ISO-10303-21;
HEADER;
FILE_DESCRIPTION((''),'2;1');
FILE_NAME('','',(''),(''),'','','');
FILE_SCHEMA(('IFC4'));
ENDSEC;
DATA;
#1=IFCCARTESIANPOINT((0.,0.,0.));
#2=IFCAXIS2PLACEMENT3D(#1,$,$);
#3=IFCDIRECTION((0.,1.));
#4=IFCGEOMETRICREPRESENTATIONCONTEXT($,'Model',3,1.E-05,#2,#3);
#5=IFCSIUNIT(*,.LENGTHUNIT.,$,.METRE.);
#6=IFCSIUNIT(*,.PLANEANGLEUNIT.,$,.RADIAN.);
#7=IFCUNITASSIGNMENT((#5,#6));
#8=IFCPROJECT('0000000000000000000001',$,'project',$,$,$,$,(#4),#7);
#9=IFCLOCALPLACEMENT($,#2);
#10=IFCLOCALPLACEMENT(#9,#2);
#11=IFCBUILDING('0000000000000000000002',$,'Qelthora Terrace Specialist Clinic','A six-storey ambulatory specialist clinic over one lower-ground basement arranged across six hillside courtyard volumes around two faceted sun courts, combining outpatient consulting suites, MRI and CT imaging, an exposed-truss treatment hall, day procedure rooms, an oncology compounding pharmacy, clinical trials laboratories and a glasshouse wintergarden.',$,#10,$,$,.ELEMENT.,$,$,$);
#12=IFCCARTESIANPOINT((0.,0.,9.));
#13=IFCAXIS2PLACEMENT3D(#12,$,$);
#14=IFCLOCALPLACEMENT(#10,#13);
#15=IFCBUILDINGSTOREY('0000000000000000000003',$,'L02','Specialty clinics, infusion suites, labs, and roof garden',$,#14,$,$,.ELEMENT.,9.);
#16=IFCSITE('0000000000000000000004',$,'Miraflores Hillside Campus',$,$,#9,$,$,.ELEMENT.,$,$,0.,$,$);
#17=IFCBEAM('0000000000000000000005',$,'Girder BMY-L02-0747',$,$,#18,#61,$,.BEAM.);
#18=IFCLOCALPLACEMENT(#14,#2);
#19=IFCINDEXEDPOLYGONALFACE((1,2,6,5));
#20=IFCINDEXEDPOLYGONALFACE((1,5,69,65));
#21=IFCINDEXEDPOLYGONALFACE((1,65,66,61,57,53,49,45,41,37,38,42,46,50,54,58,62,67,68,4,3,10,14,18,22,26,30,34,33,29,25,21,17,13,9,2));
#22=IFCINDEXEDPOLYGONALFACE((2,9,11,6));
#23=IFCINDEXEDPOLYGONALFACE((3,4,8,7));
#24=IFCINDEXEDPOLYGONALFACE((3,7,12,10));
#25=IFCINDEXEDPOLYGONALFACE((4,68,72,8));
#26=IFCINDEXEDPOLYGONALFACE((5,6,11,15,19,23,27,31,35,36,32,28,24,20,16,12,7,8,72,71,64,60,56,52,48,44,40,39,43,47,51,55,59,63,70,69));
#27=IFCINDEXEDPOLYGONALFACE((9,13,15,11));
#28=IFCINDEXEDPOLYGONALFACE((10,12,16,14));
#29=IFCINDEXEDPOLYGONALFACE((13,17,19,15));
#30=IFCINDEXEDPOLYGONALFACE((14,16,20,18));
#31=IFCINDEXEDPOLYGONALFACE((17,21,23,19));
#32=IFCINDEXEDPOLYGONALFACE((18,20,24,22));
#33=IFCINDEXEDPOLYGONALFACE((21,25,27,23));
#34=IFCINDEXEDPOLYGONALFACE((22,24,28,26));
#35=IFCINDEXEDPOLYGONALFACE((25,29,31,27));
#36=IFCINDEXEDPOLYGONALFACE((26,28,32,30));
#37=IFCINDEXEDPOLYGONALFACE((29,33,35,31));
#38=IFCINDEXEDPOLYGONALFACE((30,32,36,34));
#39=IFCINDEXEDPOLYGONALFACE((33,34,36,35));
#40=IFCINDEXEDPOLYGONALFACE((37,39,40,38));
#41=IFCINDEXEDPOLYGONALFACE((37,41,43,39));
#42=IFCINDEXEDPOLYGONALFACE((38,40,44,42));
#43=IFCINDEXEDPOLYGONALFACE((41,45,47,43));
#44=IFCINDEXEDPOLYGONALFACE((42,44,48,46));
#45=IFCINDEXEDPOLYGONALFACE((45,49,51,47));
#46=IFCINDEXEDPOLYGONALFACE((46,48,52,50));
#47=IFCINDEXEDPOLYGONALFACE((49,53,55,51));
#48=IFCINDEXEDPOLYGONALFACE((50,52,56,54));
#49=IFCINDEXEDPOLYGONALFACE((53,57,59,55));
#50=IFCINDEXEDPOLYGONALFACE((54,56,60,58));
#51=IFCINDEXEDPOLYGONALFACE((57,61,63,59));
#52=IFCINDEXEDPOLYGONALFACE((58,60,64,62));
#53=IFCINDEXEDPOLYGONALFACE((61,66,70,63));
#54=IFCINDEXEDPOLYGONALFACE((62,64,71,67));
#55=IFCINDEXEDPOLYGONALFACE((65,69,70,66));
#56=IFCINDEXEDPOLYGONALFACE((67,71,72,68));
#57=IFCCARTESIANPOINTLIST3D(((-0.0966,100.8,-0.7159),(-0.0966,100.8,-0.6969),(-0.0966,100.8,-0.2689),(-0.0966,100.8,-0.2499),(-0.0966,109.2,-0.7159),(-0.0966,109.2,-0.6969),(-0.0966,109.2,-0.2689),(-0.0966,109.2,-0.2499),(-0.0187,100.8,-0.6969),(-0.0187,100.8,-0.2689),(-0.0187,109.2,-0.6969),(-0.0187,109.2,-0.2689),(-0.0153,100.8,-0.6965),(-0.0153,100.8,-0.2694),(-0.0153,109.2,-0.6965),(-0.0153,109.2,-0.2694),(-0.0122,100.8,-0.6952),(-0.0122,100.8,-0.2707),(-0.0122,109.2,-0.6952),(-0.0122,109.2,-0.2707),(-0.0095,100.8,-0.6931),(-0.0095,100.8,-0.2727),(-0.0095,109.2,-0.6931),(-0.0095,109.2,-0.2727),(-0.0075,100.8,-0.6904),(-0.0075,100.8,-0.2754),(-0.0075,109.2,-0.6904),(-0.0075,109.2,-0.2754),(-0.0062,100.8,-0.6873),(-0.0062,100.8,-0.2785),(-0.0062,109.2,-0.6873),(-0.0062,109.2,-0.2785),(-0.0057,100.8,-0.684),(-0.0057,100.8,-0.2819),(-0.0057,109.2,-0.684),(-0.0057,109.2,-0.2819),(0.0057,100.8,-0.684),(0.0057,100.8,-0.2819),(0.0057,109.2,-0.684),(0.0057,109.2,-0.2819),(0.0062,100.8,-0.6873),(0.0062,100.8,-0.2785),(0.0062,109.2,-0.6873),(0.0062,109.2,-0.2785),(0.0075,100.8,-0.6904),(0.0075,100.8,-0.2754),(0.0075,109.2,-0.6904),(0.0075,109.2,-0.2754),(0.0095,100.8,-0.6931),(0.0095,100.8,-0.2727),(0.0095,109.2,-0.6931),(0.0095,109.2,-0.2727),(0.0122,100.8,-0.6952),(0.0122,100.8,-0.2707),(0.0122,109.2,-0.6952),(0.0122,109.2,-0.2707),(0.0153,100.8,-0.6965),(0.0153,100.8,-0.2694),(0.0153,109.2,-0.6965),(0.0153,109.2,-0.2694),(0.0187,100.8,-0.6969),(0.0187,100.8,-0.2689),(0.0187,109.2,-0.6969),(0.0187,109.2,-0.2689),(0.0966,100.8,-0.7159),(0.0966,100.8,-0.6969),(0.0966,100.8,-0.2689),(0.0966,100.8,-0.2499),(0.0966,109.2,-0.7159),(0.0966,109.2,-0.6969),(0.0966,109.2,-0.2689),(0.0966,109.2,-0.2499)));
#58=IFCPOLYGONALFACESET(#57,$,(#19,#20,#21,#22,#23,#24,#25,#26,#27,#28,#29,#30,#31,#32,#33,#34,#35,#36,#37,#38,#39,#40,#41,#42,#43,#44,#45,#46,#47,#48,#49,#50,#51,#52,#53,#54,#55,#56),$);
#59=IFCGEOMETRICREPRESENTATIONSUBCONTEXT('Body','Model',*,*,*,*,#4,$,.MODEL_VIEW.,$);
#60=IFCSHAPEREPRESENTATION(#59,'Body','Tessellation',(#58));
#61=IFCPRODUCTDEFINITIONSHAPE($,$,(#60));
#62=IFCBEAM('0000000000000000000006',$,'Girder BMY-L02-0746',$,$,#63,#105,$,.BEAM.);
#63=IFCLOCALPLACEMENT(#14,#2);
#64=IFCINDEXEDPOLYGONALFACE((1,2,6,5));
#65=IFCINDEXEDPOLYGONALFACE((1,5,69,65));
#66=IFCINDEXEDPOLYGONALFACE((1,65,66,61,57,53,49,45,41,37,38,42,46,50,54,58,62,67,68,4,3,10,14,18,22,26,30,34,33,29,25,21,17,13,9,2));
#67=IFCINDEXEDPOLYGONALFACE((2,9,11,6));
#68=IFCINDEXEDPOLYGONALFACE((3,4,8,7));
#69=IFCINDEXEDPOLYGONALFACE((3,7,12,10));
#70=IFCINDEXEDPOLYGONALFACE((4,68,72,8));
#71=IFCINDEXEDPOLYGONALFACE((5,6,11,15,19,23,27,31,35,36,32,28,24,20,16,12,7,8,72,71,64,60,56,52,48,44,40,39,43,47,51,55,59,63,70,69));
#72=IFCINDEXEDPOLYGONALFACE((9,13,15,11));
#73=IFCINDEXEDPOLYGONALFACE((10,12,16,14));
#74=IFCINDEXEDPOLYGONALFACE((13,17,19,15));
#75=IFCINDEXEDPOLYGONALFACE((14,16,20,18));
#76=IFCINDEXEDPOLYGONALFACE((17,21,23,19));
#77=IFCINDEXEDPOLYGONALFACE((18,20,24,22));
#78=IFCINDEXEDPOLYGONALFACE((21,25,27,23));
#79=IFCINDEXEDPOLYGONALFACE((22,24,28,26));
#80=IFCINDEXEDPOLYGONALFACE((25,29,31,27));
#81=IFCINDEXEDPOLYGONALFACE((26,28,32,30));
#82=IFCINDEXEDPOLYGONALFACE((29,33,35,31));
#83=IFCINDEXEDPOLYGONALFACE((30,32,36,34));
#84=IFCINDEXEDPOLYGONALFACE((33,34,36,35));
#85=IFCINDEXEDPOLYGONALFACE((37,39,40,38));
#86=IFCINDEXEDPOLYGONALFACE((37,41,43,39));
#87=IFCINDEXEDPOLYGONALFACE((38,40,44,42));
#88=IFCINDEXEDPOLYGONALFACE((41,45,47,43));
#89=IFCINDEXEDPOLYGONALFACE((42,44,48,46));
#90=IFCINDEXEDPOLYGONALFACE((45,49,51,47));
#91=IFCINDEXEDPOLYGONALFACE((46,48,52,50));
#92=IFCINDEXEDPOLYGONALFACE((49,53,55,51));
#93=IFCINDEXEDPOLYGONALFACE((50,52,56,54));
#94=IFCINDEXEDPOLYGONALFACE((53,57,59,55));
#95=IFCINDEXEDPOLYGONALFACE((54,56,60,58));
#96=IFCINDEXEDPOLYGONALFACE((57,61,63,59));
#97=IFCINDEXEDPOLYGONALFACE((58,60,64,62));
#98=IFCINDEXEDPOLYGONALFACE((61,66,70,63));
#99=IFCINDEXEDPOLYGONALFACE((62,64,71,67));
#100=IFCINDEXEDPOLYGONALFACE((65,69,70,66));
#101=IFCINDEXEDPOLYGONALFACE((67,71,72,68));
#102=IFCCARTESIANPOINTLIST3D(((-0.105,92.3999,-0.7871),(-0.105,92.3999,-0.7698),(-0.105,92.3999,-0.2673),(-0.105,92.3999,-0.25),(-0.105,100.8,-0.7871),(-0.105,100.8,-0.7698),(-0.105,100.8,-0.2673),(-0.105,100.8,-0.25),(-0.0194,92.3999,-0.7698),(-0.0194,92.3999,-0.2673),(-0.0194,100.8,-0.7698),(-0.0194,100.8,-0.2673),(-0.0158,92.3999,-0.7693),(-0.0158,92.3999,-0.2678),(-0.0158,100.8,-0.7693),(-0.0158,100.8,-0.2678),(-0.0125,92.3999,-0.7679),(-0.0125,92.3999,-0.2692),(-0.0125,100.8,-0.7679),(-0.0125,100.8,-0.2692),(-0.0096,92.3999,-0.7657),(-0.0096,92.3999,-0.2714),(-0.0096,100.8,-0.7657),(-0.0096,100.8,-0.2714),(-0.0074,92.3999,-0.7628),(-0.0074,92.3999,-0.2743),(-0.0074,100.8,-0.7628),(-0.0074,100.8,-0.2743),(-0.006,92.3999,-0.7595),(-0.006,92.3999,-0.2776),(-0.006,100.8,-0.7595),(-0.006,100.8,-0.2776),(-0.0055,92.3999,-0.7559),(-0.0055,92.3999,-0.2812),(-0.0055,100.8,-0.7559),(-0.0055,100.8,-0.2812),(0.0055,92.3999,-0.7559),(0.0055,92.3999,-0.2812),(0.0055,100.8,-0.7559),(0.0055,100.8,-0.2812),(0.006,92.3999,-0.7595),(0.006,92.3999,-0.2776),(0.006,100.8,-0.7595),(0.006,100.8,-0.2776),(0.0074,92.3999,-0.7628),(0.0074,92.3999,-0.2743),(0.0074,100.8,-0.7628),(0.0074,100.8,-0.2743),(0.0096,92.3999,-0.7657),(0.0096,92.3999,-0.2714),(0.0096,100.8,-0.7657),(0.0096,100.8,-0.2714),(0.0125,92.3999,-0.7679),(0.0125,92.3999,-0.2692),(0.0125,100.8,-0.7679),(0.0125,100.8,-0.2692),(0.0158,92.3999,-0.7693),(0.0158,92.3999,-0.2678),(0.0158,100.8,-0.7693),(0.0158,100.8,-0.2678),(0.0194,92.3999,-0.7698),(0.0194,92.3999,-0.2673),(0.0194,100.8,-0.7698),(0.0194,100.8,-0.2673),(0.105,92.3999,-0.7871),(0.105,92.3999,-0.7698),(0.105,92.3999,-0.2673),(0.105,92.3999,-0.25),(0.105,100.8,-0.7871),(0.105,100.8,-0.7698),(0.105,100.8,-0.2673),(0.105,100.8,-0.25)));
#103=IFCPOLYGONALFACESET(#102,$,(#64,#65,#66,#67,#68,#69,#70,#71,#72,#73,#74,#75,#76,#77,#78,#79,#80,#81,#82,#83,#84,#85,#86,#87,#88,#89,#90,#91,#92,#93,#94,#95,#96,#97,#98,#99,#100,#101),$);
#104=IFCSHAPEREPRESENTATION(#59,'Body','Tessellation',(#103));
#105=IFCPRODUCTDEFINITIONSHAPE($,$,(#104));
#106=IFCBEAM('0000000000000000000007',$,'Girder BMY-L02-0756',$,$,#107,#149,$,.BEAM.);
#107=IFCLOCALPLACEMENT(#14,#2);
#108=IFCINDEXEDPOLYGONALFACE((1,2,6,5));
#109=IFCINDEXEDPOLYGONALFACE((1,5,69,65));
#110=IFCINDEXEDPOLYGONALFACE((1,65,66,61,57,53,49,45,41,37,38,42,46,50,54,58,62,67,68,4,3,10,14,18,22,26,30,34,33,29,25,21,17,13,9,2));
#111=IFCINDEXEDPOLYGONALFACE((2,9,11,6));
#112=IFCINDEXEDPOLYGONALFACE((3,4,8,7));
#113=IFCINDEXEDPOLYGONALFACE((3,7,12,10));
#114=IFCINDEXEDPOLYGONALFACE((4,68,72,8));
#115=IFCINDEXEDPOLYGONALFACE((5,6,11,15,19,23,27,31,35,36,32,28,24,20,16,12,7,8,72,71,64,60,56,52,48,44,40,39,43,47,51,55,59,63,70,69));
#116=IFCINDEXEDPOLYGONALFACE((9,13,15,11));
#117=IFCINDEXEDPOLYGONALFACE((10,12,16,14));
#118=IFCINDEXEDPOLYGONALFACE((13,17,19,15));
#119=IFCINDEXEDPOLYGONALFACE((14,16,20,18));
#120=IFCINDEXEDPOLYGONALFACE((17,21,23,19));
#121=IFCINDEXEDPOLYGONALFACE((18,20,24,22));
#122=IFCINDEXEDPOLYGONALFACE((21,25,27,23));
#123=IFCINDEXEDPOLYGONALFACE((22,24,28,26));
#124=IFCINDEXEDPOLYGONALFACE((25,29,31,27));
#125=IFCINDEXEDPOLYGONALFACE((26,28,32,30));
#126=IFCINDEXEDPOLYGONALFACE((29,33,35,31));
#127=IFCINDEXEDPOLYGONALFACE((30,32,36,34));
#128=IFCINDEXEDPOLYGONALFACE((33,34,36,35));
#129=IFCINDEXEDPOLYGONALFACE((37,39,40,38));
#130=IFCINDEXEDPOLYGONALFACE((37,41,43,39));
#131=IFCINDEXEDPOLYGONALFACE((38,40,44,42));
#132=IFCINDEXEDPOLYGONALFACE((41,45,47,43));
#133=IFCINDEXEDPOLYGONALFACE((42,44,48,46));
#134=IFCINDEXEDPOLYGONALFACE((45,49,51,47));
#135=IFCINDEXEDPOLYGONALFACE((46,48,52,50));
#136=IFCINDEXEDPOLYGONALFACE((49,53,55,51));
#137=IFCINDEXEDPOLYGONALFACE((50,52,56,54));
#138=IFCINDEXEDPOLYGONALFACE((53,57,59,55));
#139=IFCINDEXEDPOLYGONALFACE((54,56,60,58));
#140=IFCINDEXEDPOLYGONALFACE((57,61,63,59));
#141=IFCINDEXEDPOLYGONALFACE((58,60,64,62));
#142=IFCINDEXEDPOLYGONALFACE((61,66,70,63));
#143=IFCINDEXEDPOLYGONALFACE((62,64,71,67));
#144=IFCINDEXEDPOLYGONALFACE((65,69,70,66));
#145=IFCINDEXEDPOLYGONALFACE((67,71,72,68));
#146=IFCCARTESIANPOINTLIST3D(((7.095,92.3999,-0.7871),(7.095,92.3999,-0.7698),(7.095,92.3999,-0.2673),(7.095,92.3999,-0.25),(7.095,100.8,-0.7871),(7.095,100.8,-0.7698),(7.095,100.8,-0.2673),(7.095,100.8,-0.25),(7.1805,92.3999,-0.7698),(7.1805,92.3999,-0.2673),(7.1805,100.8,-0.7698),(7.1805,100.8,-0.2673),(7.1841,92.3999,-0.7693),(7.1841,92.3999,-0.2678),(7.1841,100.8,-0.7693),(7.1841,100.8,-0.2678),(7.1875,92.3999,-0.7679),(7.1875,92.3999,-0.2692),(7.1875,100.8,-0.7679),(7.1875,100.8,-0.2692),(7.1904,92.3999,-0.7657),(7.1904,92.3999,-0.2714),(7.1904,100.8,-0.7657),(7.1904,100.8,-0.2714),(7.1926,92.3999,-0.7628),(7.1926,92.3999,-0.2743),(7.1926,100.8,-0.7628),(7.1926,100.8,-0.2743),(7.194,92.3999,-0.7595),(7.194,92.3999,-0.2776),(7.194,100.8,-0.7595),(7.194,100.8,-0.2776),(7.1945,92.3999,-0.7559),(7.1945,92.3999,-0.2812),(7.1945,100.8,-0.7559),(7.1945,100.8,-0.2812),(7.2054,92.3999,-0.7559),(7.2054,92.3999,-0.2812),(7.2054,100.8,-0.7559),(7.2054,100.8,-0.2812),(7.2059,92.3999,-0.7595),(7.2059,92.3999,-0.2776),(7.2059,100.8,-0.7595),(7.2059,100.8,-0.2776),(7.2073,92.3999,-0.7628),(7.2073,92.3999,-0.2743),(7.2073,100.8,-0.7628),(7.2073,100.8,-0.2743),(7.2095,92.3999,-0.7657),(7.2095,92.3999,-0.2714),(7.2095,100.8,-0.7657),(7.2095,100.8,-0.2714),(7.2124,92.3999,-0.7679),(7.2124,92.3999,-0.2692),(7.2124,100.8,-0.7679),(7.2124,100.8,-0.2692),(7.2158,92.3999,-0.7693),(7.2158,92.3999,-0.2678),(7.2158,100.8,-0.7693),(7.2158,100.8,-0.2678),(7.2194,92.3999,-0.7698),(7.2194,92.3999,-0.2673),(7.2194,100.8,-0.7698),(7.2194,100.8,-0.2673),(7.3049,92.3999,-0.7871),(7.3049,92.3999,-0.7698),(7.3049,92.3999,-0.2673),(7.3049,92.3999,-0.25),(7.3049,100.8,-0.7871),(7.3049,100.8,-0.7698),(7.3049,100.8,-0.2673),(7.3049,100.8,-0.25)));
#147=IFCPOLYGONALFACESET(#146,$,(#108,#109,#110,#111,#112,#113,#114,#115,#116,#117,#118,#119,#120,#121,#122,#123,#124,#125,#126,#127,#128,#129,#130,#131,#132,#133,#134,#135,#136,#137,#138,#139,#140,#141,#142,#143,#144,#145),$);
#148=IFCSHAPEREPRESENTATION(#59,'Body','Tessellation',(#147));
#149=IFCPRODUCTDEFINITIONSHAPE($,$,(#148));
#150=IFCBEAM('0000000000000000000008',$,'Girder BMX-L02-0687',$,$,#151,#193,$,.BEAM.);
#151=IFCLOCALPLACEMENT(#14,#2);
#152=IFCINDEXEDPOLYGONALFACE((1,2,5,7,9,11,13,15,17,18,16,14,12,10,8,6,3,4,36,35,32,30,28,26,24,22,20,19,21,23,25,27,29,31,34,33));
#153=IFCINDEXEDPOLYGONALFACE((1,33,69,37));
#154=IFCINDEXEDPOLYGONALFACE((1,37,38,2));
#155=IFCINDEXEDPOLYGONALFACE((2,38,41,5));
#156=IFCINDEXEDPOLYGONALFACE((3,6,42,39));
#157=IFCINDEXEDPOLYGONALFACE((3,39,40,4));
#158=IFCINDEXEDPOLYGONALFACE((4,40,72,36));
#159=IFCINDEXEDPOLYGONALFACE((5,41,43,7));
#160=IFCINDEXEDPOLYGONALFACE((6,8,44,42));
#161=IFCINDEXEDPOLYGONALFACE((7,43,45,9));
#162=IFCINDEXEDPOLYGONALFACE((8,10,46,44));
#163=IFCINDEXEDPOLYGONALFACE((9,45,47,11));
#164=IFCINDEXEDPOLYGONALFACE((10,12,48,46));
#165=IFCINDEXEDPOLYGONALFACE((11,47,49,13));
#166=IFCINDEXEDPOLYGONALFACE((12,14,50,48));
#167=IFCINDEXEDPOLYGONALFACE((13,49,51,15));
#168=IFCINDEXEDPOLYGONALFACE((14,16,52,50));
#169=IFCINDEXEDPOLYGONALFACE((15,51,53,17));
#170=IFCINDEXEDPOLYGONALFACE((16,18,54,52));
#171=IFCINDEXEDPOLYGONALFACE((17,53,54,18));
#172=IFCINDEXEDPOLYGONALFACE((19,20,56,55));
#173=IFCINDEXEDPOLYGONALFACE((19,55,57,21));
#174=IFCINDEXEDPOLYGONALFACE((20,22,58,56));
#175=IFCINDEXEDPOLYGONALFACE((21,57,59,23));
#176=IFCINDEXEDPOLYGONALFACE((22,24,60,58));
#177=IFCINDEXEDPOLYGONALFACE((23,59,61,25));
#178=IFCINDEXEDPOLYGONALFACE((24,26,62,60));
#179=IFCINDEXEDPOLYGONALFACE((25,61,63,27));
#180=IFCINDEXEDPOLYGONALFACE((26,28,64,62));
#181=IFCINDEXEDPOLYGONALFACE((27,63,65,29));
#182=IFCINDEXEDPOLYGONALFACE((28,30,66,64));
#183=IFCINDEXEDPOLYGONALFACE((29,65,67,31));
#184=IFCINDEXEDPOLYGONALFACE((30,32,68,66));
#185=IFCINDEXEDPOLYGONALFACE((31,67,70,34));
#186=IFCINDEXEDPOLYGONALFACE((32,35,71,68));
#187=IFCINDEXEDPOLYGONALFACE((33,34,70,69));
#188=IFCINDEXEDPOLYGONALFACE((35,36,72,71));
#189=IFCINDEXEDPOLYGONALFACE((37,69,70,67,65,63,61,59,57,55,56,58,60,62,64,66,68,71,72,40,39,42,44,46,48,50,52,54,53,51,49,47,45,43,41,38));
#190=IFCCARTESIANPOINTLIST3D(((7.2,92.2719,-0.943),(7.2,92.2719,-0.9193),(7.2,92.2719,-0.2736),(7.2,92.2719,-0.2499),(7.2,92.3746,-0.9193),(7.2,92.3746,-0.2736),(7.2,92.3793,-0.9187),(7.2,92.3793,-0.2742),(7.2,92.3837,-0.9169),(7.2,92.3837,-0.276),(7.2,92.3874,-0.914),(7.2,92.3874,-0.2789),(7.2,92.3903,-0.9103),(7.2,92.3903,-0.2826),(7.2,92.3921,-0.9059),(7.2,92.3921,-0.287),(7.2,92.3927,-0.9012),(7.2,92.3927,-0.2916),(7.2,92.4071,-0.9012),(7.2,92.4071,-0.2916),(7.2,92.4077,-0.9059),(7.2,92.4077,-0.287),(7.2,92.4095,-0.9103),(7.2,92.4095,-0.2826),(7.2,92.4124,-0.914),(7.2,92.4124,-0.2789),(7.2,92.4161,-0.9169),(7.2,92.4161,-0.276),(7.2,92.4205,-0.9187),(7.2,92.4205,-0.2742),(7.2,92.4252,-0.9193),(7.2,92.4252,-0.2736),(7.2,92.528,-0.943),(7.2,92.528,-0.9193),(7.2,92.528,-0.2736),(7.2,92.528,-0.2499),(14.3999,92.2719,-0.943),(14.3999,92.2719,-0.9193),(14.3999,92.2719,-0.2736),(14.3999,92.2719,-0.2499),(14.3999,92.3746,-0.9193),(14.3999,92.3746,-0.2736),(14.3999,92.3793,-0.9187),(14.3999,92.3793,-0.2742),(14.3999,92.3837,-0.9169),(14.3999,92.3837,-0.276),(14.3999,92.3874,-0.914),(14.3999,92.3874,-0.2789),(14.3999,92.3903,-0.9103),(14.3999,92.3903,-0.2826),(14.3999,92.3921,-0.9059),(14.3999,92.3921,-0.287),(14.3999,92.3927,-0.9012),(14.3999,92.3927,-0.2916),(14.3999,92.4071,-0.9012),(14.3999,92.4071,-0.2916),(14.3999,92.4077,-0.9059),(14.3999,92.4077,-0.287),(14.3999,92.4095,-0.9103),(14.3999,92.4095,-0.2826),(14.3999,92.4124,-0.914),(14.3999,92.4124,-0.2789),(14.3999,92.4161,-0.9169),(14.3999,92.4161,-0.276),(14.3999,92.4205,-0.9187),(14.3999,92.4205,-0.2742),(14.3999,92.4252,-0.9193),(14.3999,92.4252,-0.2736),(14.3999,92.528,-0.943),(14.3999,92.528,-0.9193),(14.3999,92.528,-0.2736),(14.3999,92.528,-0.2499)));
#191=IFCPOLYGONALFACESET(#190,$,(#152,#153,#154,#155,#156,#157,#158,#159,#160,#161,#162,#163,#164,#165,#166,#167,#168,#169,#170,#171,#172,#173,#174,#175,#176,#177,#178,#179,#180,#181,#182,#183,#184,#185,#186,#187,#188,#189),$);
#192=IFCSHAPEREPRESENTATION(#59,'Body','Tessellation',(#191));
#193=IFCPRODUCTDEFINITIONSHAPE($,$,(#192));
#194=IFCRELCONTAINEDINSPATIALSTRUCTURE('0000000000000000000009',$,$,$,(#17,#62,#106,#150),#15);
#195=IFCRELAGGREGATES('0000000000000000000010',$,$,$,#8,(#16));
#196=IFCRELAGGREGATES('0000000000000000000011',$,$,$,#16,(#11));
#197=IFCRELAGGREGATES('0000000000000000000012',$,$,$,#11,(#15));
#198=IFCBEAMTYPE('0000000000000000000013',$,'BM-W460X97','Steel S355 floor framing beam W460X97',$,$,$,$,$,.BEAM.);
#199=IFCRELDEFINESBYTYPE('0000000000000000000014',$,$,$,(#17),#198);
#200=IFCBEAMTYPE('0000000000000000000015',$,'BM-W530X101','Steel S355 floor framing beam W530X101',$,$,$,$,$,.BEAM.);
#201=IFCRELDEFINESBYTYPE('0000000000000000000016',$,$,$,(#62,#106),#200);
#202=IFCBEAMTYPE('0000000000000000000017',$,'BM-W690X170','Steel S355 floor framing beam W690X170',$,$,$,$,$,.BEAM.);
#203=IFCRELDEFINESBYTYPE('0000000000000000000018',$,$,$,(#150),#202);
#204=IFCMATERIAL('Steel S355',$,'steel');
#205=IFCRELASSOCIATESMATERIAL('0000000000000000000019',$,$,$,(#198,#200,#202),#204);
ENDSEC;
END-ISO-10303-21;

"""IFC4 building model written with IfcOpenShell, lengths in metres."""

from ifc_helpers import new_model, si_unit, direction, frame, origin, origin_2d, place, context, subcontext, project, spatial, i_section, extrude, material, material_profile, profile_set, type_object, element, save


model = new_model("IFC4")

# Units and contexts
model_context = context("Model", 3, precision=1e-05, world=origin(), true_north=direction((0.0, 1.0)))
body_context = subcontext(model_context, "Body", "Model", "MODEL_VIEW")
ifc_project = project(units=[si_unit("LENGTHUNIT", "METRE"), si_unit("PLANEANGLEUNIT", "RADIAN")], contexts=[model_context])

# Site, building, storey
site_placement = place(None, origin())
site = spatial("IfcSite", under=ifc_project, at=site_placement, Name="Miraflores Hillside Campus", CompositionType="ELEMENT", RefElevation=0.0)
building_placement = place(site_placement, origin())
building = spatial("IfcBuilding", under=site, at=building_placement, Name="Qelthora Terrace Specialist Clinic", Description="A six-storey ambulatory specialist clinic over one lower-ground basement arranged across six hillside courtyard volumes around two faceted sun courts, combining outpatient consulting suites, MRI and CT imaging, an exposed-truss treatment hall, day procedure rooms, an oncology compounding pharmacy, clinical trials laboratories and a glasshouse wintergarden.", CompositionType="ELEMENT")
storey_placement = place(building_placement, frame((0.0, 0.0, 9.0)))
storey = spatial("IfcBuildingStorey", under=building, at=storey_placement, Name="L02", Description="Specialty clinics, infusion suites, labs, and roof garden", CompositionType="ELEMENT", Elevation=9.0)

# Shared definitions
ifc_material_1 = material(Name="Steel S355", Category="steel")

# Beams
ifc_material_profile_1 = material_profile(ifc_material_1, i_section(OverallWidth=0.1931, OverallDepth=0.4661, WebThickness=0.0115, FlangeThickness=0.019, FilletRadius=0.0129, at=origin_2d()), Name="W460X97")
ifc_profile_set_1 = profile_set([ifc_material_profile_1], Name="Steel S355")
beam_type_1 = type_object("IfcBeamType", Name="BM-W460X97", Description="Steel S355 floor framing beam W460X97", PredefinedType="BEAM", material=ifc_profile_set_1)
beam_1_placement = place(storey_placement, frame((0.0, 100.8, -0.4829), z_axis=(0.0, 1.0, 0.0), x_axis=(-1.0, 0.0, 0.0)))
element("IfcBeam", 1, at=beam_1_placement, inside=storey, type_object=beam_type_1, Name="Girder BMY-L02-0747", PredefinedType="BEAM", context=body_context, shape_type="SweptSolid", body=[
    extrude(i_section(OverallWidth=0.1931, OverallDepth=0.4661, WebThickness=0.0115, FlangeThickness=0.019, FilletRadius=0.0129, at=origin_2d()), origin(), (0.0, 0.0, 1.0), 8.3999),
])
ifc_material_profile_2 = material_profile(ifc_material_1, i_section(OverallWidth=0.21, OverallDepth=0.5371, WebThickness=0.011, FlangeThickness=0.0173, FilletRadius=0.0139, at=origin_2d()), Name="W530X101")
ifc_profile_set_2 = profile_set([ifc_material_profile_2], Name="Steel S355")
beam_type_2 = type_object("IfcBeamType", Name="BM-W530X101", Description="Steel S355 floor framing beam W530X101", PredefinedType="BEAM", material=ifc_profile_set_2)
for number, where, z_axis, x_axis, name in (
    (2, (0.0, 92.3999, -0.5186), (0.0, 1.0, 0.0), (-1.0, 0.0, 0.0), "Girder BMY-L02-0746"),
    (3, (7.2, 92.3999, -0.5186), (0.0, 1.0, 0.0), (-1.0, 0.0, 0.0), "Girder BMY-L02-0756"),
):
    element("IfcBeam", number, at=place(storey_placement, frame(where, z_axis=z_axis, x_axis=x_axis)), inside=storey, type_object=beam_type_2, Name=name, PredefinedType="BEAM", context=body_context, shape_type="SweptSolid", body=[
        extrude(i_section(OverallWidth=0.21, OverallDepth=0.5371, WebThickness=0.011, FlangeThickness=0.0173, FilletRadius=0.0139, at=origin_2d()), origin(), (0.0, 0.0, 1.0), 8.4001),
    ])
ifc_material_profile_3 = material_profile(ifc_material_1, i_section(OverallWidth=0.2561, OverallDepth=0.6931, WebThickness=0.0144, FlangeThickness=0.0237, FilletRadius=0.0181, at=origin_2d()), Name="W690X170")
ifc_profile_set_3 = profile_set([ifc_material_profile_3], Name="Steel S355")
beam_type_3 = type_object("IfcBeamType", Name="BM-W690X170", Description="Steel S355 floor framing beam W690X170", PredefinedType="BEAM", material=ifc_profile_set_3)
beam_2_placement = place(storey_placement, frame((7.2, 92.3999, -0.5964), z_axis=(1.0, 0.0, 0.0), x_axis=(0.0, 1.0, 0.0)))
element("IfcBeam", 4, at=beam_2_placement, inside=storey, type_object=beam_type_3, Name="Girder BMX-L02-0687", PredefinedType="BEAM", context=body_context, shape_type="SweptSolid", body=[
    extrude(i_section(OverallWidth=0.2561, OverallDepth=0.6931, WebThickness=0.0144, FlangeThickness=0.0237, FilletRadius=0.0181, at=origin_2d()), origin(), (0.0, 0.0, 1.0), 7.2),
])

save(model, "model.ifc")
